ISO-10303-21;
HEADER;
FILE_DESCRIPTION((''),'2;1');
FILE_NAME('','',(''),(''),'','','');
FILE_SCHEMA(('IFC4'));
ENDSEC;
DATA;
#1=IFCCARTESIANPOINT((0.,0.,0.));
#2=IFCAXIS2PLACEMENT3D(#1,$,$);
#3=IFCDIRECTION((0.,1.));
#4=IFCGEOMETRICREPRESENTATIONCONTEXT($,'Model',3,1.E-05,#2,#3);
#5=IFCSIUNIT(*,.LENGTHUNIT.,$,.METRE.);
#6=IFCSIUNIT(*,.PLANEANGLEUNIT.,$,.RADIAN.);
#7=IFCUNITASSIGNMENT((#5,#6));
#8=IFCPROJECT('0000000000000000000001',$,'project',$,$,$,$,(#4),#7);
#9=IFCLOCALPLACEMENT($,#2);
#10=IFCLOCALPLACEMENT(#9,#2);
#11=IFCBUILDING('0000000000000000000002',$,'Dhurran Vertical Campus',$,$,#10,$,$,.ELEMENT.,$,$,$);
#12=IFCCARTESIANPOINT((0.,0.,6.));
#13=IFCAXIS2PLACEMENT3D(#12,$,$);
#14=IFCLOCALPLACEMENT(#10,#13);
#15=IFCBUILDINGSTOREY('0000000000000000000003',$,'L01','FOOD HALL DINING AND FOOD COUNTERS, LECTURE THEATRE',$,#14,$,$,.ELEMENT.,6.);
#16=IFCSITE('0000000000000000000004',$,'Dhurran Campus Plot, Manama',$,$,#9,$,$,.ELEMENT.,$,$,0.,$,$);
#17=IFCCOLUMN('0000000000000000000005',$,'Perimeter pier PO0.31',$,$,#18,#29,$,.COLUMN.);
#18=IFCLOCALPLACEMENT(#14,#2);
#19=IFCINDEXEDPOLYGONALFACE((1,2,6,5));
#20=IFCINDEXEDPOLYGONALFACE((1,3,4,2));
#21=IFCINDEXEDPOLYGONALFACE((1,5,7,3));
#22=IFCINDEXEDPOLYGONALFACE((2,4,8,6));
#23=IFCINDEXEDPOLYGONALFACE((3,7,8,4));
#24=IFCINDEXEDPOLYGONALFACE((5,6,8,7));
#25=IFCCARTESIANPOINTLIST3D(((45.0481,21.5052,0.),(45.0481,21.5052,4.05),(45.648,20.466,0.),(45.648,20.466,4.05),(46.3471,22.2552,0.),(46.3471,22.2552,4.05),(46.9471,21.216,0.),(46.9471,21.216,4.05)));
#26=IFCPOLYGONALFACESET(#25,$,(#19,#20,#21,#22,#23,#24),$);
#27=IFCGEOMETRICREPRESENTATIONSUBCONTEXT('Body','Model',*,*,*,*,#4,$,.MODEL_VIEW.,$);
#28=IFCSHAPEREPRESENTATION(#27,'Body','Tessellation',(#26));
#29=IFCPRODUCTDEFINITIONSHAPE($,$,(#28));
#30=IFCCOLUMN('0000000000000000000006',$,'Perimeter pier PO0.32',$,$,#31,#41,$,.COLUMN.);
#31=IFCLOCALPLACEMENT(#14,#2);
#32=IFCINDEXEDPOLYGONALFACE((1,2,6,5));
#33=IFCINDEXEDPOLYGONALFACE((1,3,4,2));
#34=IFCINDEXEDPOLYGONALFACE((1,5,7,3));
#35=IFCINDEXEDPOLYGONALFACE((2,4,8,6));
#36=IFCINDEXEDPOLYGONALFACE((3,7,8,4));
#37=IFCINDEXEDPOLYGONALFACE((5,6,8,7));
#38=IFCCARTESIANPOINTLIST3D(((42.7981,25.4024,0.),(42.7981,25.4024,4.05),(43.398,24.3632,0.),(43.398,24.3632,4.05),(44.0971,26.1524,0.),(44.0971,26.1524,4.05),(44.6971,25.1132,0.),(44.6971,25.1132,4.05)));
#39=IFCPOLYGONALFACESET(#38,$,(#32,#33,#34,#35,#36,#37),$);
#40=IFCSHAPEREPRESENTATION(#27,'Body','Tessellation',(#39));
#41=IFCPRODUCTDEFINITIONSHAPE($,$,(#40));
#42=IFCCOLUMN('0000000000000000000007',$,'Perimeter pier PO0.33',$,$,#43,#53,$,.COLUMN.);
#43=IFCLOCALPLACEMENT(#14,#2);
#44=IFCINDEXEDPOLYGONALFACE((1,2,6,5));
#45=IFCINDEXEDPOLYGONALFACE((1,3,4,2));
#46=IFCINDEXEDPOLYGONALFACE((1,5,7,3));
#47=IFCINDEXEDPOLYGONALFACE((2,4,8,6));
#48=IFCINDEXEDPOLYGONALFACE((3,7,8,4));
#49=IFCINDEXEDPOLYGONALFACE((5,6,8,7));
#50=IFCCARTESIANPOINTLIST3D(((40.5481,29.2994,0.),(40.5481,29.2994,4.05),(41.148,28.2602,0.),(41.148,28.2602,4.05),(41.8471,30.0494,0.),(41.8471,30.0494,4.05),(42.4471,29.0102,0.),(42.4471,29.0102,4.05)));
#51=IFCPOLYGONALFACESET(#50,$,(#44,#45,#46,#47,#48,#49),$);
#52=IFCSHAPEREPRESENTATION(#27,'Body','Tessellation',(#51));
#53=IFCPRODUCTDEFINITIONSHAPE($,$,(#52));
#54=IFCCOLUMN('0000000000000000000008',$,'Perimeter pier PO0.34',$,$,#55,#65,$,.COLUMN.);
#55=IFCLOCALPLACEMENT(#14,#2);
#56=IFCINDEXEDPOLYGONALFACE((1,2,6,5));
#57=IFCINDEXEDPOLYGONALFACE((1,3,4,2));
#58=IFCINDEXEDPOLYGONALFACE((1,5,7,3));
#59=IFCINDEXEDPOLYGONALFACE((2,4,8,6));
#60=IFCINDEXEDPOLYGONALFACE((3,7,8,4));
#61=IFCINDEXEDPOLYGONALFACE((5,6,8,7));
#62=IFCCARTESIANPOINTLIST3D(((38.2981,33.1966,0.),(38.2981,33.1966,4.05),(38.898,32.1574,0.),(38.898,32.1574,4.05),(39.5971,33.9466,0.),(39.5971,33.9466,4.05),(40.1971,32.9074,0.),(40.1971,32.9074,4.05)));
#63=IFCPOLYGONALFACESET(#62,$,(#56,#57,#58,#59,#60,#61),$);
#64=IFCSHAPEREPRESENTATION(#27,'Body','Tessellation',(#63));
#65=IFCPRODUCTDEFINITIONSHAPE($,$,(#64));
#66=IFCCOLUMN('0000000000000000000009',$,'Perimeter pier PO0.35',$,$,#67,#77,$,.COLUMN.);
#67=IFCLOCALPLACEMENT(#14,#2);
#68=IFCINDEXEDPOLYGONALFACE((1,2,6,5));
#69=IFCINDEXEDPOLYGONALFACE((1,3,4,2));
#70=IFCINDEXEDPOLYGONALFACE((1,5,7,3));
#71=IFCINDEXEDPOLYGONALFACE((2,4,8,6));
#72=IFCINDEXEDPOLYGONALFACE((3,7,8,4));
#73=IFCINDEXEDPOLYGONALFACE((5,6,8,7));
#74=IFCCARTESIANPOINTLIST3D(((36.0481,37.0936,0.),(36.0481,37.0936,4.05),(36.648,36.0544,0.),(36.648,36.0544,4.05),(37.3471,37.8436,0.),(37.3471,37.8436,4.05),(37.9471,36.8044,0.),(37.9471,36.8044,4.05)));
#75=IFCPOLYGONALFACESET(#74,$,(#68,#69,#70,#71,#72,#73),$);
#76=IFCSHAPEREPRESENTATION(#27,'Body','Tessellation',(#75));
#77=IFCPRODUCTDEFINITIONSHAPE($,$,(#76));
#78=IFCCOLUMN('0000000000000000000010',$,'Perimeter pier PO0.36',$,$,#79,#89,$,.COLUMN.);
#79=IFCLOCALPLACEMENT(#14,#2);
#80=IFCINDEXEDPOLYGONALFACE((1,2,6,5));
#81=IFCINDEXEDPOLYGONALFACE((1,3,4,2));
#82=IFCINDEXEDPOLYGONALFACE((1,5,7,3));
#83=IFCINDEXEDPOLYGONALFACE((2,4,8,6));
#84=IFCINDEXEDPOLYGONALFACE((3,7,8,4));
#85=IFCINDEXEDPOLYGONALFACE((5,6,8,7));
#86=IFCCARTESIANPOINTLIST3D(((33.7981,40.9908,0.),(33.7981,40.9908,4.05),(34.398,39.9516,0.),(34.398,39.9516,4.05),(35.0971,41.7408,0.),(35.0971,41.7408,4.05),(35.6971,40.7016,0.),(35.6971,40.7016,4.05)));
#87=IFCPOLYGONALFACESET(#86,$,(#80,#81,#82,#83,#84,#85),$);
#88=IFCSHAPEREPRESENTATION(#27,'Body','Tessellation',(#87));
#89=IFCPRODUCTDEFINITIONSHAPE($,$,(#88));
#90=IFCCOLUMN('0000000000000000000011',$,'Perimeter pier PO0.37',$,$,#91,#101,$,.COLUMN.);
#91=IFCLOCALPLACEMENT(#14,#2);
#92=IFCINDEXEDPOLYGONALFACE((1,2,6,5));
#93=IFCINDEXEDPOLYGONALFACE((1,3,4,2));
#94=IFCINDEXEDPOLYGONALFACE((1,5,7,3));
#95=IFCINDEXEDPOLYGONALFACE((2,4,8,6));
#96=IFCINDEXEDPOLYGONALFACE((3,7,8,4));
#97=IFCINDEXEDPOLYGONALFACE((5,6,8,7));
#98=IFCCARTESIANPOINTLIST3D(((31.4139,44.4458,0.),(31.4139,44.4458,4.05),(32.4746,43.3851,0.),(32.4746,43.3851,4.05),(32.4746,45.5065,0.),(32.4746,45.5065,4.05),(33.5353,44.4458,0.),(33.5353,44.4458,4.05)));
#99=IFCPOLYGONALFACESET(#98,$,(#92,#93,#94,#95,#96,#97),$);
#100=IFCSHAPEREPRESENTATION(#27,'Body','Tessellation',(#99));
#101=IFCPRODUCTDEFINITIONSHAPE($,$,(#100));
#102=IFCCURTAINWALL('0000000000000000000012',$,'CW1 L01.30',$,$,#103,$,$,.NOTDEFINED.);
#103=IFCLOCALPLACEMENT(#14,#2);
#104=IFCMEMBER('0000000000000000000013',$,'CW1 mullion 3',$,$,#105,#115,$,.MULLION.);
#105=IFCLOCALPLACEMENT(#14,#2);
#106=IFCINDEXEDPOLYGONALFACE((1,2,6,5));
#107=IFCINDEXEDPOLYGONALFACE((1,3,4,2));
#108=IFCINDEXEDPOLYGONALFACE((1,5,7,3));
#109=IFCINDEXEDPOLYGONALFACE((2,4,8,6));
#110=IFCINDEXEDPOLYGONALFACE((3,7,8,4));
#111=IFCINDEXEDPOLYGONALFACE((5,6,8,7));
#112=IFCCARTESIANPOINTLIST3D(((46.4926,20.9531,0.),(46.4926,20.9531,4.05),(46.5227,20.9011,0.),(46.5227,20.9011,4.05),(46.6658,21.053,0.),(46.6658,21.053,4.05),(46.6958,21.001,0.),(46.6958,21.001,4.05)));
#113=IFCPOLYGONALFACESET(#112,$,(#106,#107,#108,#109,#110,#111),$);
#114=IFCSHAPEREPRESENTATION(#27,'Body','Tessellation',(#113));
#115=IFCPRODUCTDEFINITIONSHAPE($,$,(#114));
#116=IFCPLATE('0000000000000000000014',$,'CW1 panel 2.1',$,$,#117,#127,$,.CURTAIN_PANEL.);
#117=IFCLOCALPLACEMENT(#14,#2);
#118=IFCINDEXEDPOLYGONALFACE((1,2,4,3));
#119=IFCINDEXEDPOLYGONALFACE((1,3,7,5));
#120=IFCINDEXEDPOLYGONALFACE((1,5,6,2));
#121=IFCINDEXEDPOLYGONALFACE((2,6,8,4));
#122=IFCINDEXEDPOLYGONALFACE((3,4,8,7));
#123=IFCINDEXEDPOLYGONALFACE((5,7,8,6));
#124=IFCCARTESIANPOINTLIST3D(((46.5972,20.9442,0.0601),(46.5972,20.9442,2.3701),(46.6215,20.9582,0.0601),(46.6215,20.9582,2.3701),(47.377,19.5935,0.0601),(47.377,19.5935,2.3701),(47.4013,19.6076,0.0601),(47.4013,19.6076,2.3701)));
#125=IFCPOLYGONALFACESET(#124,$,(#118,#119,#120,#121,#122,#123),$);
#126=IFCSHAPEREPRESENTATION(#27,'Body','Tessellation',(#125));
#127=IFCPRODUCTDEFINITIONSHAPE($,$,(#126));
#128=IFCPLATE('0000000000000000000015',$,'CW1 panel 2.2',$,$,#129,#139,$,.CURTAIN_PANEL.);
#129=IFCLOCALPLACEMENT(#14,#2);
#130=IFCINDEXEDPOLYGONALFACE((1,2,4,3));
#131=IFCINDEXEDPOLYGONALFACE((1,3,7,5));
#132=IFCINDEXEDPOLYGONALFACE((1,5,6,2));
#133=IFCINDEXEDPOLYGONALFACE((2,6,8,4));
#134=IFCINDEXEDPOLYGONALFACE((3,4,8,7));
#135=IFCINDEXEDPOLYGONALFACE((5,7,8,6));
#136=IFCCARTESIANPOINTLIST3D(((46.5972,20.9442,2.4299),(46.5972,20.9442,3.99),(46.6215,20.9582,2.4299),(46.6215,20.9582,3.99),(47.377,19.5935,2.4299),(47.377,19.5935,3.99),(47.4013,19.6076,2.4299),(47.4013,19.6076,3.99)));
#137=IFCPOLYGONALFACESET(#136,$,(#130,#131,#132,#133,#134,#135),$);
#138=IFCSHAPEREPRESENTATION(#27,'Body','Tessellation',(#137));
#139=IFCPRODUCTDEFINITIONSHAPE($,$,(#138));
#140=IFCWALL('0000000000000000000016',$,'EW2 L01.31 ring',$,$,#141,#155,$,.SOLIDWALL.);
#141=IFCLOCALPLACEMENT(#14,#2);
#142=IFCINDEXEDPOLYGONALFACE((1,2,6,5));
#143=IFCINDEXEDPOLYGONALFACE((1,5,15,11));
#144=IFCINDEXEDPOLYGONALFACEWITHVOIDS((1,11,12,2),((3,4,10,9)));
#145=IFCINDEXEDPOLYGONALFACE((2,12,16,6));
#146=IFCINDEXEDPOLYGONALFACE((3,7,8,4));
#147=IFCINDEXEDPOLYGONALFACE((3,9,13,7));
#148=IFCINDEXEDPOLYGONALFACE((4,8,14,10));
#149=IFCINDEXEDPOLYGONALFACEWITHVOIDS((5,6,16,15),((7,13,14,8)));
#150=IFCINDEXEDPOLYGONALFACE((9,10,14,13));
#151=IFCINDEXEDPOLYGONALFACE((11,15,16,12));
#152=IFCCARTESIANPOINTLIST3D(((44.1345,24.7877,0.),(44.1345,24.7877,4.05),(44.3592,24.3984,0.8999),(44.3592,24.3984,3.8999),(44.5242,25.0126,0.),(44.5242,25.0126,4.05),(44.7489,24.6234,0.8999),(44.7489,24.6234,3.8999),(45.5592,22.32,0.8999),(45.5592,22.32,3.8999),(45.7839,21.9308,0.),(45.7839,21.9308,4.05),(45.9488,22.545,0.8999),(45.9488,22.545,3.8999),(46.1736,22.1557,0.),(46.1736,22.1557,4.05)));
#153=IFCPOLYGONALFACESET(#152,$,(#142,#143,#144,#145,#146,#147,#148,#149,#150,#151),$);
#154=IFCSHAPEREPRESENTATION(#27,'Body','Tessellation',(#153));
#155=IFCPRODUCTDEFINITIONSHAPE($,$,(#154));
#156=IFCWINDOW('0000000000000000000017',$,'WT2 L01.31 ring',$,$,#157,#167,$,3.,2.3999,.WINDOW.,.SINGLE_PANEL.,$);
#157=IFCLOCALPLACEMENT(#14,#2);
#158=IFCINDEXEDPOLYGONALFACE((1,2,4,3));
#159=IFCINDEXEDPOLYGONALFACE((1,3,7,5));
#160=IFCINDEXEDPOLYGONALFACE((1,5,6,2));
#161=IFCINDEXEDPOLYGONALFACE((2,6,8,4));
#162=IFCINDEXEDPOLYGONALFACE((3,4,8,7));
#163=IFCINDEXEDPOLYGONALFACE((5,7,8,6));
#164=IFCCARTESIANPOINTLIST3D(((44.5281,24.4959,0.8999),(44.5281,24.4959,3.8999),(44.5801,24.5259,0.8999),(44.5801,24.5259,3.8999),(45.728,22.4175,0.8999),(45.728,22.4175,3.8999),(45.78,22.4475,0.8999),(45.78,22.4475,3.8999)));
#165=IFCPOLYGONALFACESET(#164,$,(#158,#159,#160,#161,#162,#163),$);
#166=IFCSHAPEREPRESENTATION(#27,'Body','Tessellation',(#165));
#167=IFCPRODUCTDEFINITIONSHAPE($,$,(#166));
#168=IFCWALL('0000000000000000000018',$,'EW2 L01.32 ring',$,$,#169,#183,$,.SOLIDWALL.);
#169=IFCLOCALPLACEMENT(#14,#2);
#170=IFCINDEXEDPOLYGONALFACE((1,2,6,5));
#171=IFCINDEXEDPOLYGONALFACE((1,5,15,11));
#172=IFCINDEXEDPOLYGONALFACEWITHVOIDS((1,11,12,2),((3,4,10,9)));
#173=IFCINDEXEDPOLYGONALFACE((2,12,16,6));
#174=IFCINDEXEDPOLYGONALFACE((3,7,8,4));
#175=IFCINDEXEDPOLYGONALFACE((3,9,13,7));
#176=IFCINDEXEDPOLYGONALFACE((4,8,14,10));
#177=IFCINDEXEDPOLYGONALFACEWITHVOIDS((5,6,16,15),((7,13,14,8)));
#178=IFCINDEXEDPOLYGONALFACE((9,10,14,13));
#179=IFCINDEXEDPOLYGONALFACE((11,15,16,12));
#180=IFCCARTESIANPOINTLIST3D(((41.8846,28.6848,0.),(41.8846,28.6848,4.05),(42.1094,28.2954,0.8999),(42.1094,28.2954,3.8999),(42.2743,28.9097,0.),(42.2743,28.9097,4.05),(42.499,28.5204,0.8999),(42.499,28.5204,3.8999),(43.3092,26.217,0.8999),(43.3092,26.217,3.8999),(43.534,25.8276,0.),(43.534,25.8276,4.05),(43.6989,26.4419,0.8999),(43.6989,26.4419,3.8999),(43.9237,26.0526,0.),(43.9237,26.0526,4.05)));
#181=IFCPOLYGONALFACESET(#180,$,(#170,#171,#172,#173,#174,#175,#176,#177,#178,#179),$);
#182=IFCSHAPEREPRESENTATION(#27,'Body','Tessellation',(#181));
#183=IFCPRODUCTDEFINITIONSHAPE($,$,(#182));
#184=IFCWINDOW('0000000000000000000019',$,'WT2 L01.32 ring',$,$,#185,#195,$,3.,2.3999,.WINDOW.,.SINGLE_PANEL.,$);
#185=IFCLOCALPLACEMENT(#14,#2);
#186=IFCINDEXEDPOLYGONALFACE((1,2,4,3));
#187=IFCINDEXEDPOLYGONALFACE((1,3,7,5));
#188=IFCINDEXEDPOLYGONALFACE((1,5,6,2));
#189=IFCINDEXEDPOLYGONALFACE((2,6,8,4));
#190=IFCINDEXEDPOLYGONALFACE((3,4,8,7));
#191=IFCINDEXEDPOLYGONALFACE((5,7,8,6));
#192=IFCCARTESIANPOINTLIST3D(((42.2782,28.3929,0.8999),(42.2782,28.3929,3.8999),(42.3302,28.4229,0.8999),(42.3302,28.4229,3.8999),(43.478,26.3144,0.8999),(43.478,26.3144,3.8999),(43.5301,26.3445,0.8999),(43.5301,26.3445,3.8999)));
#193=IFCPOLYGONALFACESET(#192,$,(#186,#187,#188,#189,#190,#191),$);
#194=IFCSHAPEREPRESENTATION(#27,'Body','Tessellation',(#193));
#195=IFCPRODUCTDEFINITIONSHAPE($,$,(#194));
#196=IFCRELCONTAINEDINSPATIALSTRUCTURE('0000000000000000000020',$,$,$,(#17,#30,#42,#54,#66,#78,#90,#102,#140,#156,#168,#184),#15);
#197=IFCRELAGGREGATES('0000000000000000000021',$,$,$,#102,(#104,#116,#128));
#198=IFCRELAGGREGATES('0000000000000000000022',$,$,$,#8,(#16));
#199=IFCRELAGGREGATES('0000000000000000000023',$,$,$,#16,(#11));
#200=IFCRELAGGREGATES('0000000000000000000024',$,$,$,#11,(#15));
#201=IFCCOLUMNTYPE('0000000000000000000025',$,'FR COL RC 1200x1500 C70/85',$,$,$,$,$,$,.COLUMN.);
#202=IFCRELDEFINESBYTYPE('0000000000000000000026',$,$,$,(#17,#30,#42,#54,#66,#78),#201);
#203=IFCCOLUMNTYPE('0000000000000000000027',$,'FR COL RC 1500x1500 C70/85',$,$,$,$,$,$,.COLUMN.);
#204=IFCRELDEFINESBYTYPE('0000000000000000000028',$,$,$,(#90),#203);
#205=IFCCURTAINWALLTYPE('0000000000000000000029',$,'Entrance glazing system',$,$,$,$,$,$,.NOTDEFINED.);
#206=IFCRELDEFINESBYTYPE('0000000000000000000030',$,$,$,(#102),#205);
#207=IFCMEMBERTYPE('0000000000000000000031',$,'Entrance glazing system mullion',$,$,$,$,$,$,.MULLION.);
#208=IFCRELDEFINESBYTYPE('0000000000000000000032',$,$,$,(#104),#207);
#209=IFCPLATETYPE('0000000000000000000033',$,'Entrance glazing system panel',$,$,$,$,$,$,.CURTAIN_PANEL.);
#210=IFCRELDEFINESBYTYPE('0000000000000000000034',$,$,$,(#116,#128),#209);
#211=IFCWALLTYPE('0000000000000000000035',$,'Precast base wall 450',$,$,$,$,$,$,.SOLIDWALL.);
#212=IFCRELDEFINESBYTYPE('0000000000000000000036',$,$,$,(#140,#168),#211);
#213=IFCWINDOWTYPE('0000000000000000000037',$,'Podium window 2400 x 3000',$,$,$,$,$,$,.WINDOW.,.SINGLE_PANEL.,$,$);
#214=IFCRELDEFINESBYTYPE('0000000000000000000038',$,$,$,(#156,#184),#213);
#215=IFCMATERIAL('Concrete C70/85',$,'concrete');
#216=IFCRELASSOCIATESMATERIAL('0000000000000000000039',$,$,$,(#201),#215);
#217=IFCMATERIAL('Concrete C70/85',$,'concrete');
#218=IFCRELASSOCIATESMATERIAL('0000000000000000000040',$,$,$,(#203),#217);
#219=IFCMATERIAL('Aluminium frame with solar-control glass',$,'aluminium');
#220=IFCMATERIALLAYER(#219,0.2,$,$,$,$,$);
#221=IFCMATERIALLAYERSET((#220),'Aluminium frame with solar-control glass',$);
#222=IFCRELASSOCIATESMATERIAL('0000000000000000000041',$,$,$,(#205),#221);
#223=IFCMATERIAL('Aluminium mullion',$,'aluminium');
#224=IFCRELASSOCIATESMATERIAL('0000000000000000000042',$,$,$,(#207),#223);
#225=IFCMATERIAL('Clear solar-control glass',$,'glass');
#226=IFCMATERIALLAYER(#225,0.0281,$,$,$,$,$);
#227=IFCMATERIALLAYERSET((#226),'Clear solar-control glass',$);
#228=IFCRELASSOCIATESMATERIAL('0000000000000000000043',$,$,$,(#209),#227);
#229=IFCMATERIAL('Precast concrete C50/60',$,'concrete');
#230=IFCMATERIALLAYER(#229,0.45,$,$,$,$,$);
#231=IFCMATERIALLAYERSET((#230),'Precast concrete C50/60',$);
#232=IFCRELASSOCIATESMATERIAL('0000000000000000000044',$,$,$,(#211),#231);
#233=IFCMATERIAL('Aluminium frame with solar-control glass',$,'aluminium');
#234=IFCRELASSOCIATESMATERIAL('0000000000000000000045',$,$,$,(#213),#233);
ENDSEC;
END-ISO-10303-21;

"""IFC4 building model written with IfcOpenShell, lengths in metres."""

from ifc_helpers import new_model, si_unit, direction, frame, frame_2d, origin, origin_2d, place, context, subcontext, project, spatial, rectangle, extrude, material, layer, layer_set, material_profile, profile_set, type_object, element, fill, aggregate, save


model = new_model("IFC4")

# Units and contexts
model_context = context("Model", 3, precision=1e-05, world=origin(), true_north=direction((0.0, 1.0)))
body_context = subcontext(model_context, "Body", "Model", "MODEL_VIEW")
ifc_project = project(units=[si_unit("LENGTHUNIT", "METRE"), si_unit("PLANEANGLEUNIT", "RADIAN")], contexts=[model_context])

# Site, building, storey
site_placement = place(None, origin())
site = spatial("IfcSite", under=ifc_project, at=site_placement, Name="Dhurran Campus Plot, Manama", CompositionType="ELEMENT", RefElevation=0.0)
building_placement = place(site_placement, origin())
building = spatial("IfcBuilding", under=site, at=building_placement, Name="Dhurran Vertical Campus", CompositionType="ELEMENT")
storey_placement = place(building_placement, frame((0.0, 0.0, 6.0)))
storey = spatial("IfcBuildingStorey", under=building, at=storey_placement, Name="L01", Description="FOOD HALL DINING AND FOOD COUNTERS, LECTURE THEATRE", CompositionType="ELEMENT", Elevation=6.0)

# Columns
ifc_material_1 = material(Name="Concrete C70/85", Category="concrete")
ifc_material_profile_1 = material_profile(ifc_material_1, rectangle(XDim=1.2, YDim=1.5, at=origin_2d()), Name="RC 1200x1500")
ifc_profile_set_1 = profile_set([ifc_material_profile_1], Name="Concrete C70/85")
column_type_1 = type_object("IfcColumnType", Name="FR COL RC 1200x1500 C70/85", PredefinedType="COLUMN", material=ifc_profile_set_1)
for number, where, z_axis, x_axis, name in (
    (1, (45.9976, 21.3606, 0.0), (0.0, 0.0, 1.0), (-0.5, 0.866025, 0.0), "Perimeter pier PO0.31"),
    (2, (43.7476, 25.2578, 0.0), (0.0, 0.0, 1.0), (-0.5, 0.866025, 0.0), "Perimeter pier PO0.32"),
    (3, (41.4976, 29.1548, 0.0), (0.0, 0.0, 1.0), (-0.5, 0.866025, 0.0), "Perimeter pier PO0.33"),
    (4, (39.2476, 33.052, 0.0), (0.0, 0.0, 1.0), (-0.5, 0.866025, 0.0), "Perimeter pier PO0.34"),
    (5, (36.9976, 36.949, 0.0), (0.0, 0.0, 1.0), (-0.5, 0.866025, 0.0), "Perimeter pier PO0.35"),
    (6, (34.7476, 40.8462, 0.0), (0.0, 0.0, 1.0), (-0.5, 0.866025, 0.0), "Perimeter pier PO0.36"),
):
    element("IfcColumn", number, at=place(storey_placement, frame(where, z_axis=z_axis, x_axis=x_axis)), inside=storey, type_object=column_type_1, Name=name, PredefinedType="COLUMN", context=body_context, shape_type="SweptSolid", body=[
        extrude(rectangle(XDim=1.2, YDim=1.5, at=origin_2d()), origin(), (0.0, 0.0, 1.0), 4.05),
    ])
ifc_material_2 = material(Name="Concrete C70/85", Category="concrete")
ifc_material_profile_2 = material_profile(ifc_material_2, rectangle(XDim=1.5, YDim=1.5, at=origin_2d()), Name="RC 1500x1500")
ifc_profile_set_2 = profile_set([ifc_material_profile_2], Name="Concrete C70/85")
column_type_2 = type_object("IfcColumnType", Name="FR COL RC 1500x1500 C70/85", PredefinedType="COLUMN", material=ifc_profile_set_2)
column_placement = place(storey_placement, frame((32.4746, 44.4458, 0.0), z_axis=(0.0, 0.0, 1.0), x_axis=(-0.707107, 0.707107, 0.0)))
element("IfcColumn", 7, at=column_placement, inside=storey, type_object=column_type_2, Name="Perimeter pier PO0.37", PredefinedType="COLUMN", context=body_context, shape_type="SweptSolid", body=[
    extrude(rectangle(XDim=1.5, YDim=1.5, at=origin_2d()), origin(), (0.0, 0.0, 1.0), 4.05),
])

# Curtain wall, member, plates
ifc_material_3 = material(Name="Aluminium frame with solar-control glass", Category="aluminium")
ifc_layer_1 = layer(ifc_material_3, 0.2)
ifc_layer_set_1 = layer_set([ifc_layer_1], Name="Aluminium frame with solar-control glass")
curtain_wall_type = type_object("IfcCurtainWallType", Name="Entrance glazing system", PredefinedType="NOTDEFINED", material=ifc_layer_set_1)
curtain_wall_placement = place(storey_placement, origin())
curtain_wall = element("IfcCurtainWall", 8, at=curtain_wall_placement, inside=storey, type_object=curtain_wall_type, Name="CW1 L01.30", PredefinedType="NOTDEFINED")
ifc_material_4 = material(Name="Aluminium mullion", Category="aluminium")
ifc_material_profile_3 = material_profile(ifc_material_4, rectangle(XDim=0.2, YDim=0.0601, at=origin_2d()), Name="Entrance glazing system mullion")
ifc_profile_set_3 = profile_set([ifc_material_profile_3], Name="Aluminium mullion")
member_type = type_object("IfcMemberType", Name="Entrance glazing system mullion", PredefinedType="MULLION", material=ifc_profile_set_3)
member_placement = place(storey_placement, frame((46.5942, 20.9771, 0.0), z_axis=(0.0, 0.0, 1.0), x_axis=(-0.866024, -0.500002, 0.0)))
member = element("IfcMember", 9, at=member_placement, type_object=member_type, Name="CW1 mullion 3", PredefinedType="MULLION", context=body_context, shape_type="SweptSolid", body=[
    extrude(rectangle(XDim=0.2, YDim=0.0601, at=origin_2d()), origin(), (0.0, 0.0, 1.0), 4.05),
])
ifc_material_5 = material(Name="Clear solar-control glass", Category="glass")
ifc_layer_2 = layer(ifc_material_5, 0.0281)
ifc_layer_set_2 = layer_set([ifc_layer_2], Name="Clear solar-control glass")
plate_type = type_object("IfcPlateType", Name="Entrance glazing system panel", PredefinedType="CURTAIN_PANEL", material=ifc_layer_set_2)
plate_1_placement = place(storey_placement, frame((46.9993, 20.2759, 0.0601), z_axis=(0.0, 0.0, 1.0), x_axis=(-0.500002, 0.866024, 0.0)))
plate_1 = element("IfcPlate", 10, at=plate_1_placement, type_object=plate_type, Name="CW1 panel 2.1", PredefinedType="CURTAIN_PANEL", context=body_context, shape_type="SweptSolid", body=[
    extrude(rectangle(XDim=1.5596, YDim=0.0281, at=origin_2d()), origin(), (0.0, 0.0, 1.0), 2.3101),
])
plate_2_placement = place(storey_placement, frame((46.9993, 20.2759, 2.4299), z_axis=(0.0, 0.0, 1.0), x_axis=(-0.500002, 0.866024, 0.0)))
plate_2 = element("IfcPlate", 11, at=plate_2_placement, type_object=plate_type, Name="CW1 panel 2.2", PredefinedType="CURTAIN_PANEL", context=body_context, shape_type="SweptSolid", body=[
    extrude(rectangle(XDim=1.5596, YDim=0.0281, at=origin_2d()), origin(), (0.0, 0.0, 1.0), 1.5601),
])
aggregate(curtain_wall, [member, plate_1, plate_2])

# Walls, openings, windows
ifc_material_6 = material(Name="Precast concrete C50/60", Category="concrete")
ifc_layer_3 = layer(ifc_material_6, 0.45)
ifc_layer_set_3 = layer_set([ifc_layer_3], Name="Precast concrete C50/60")
wall_type_1 = type_object("IfcWallType", Name="Precast base wall 450", PredefinedType="SOLIDWALL", material=ifc_layer_set_3)
wall_1_placement = place(storey_placement, frame((44.3293, 24.9001, 0.0), z_axis=(0.0, 0.0, 1.0), x_axis=(0.499992, -0.86603, 0.0)))
wall_1 = element("IfcWall", 12, at=wall_1_placement, inside=storey, type_object=wall_type_1, Name="EW2 L01.31 ring", PredefinedType="SOLIDWALL", context=body_context, shape_type="SweptSolid", body=[
    extrude(rectangle(XDim=3.2988, YDim=0.45, at=frame_2d((1.6494, 0.0))), origin(), (0.0, 0.0, 1.0), 4.05),
])
opening_1_placement = place(wall_1_placement, frame((0.4495, 0.0, 0.8999)))
opening_1 = element("IfcOpeningElement", 13, at=opening_1_placement, cuts=wall_1, PredefinedType="OPENING", context=body_context, shape_type="SweptSolid", body=[
    extrude(rectangle(XDim=2.3999, YDim=3.0, at=frame_2d((1.2, 1.5))), frame((0.0, 0.2349, 0.0), z_axis=(0.0, -1.0, 0.0), x_axis=(1.0, 0.0, 0.0)), (0.0, 0.0, 1.0), 0.47),
])
ifc_material_7 = material(Name="Aluminium frame with solar-control glass", Category="aluminium")
window_type = type_object("IfcWindowType", Name="Podium window 2400 x 3000", PartitioningType="SINGLE_PANEL", PredefinedType="WINDOW", material=ifc_material_7)
window_1_placement = place(opening_1_placement, origin())
window_1 = element("IfcWindow", 14, at=window_1_placement, inside=storey, type_object=window_type, Name="WT2 L01.31 ring", OverallHeight=3.0, OverallWidth=2.3999, PartitioningType="SINGLE_PANEL", PredefinedType="WINDOW", context=body_context, shape_type="SweptSolid", body=[
    extrude(rectangle(XDim=2.3999, YDim=3.0, at=frame_2d((1.2, 1.5))), frame((0.0, 0.03, 0.0), z_axis=(0.0, -1.0, 0.0), x_axis=(1.0, 0.0, 0.0)), (0.0, 0.0, 1.0), 0.0601),
])
fill(opening_1, window_1)
wall_2_placement = place(storey_placement, frame((43.7288, 25.9402, 0.0), z_axis=(0.0, 0.0, 1.0), x_axis=(-0.499959, 0.866049, 0.0)))
wall_2 = element("IfcWall", 15, at=wall_2_placement, inside=storey, type_object=wall_type_1, Name="EW2 L01.32 ring", PredefinedType="SOLIDWALL", context=body_context, shape_type="SweptSolid", body=[
    extrude(rectangle(XDim=3.2991, YDim=0.45, at=frame_2d((1.6494, 0.0))), origin(), (0.0, 0.0, 1.0), 4.05),
])
opening_2_placement = place(wall_2_placement, frame((0.4495, 0.0, 0.8999)))
opening_2 = element("IfcOpeningElement", 16, at=opening_2_placement, cuts=wall_2, PredefinedType="OPENING", context=body_context, shape_type="SweptSolid", body=[
    extrude(rectangle(XDim=2.3999, YDim=3.0, at=frame_2d((1.2, 1.5))), frame((0.0, 0.2349, 0.0), z_axis=(0.0, -1.0, 0.0), x_axis=(1.0, 0.0, 0.0)), (0.0, 0.0, 1.0), 0.47),
])
window_2_placement = place(opening_2_placement, origin())
window_2 = element("IfcWindow", 17, at=window_2_placement, inside=storey, type_object=window_type, Name="WT2 L01.32 ring", OverallHeight=3.0, OverallWidth=2.3999, PartitioningType="SINGLE_PANEL", PredefinedType="WINDOW", context=body_context, shape_type="SweptSolid", body=[
    extrude(rectangle(XDim=2.3999, YDim=3.0, at=frame_2d((1.2, 1.5))), frame((0.0, 0.03, 0.0), z_axis=(0.0, -1.0, 0.0), x_axis=(1.0, 0.0, 0.0)), (0.0, 0.0, 1.0), 0.0601),
])
fill(opening_2, window_2)

save(model, "model.ifc")
